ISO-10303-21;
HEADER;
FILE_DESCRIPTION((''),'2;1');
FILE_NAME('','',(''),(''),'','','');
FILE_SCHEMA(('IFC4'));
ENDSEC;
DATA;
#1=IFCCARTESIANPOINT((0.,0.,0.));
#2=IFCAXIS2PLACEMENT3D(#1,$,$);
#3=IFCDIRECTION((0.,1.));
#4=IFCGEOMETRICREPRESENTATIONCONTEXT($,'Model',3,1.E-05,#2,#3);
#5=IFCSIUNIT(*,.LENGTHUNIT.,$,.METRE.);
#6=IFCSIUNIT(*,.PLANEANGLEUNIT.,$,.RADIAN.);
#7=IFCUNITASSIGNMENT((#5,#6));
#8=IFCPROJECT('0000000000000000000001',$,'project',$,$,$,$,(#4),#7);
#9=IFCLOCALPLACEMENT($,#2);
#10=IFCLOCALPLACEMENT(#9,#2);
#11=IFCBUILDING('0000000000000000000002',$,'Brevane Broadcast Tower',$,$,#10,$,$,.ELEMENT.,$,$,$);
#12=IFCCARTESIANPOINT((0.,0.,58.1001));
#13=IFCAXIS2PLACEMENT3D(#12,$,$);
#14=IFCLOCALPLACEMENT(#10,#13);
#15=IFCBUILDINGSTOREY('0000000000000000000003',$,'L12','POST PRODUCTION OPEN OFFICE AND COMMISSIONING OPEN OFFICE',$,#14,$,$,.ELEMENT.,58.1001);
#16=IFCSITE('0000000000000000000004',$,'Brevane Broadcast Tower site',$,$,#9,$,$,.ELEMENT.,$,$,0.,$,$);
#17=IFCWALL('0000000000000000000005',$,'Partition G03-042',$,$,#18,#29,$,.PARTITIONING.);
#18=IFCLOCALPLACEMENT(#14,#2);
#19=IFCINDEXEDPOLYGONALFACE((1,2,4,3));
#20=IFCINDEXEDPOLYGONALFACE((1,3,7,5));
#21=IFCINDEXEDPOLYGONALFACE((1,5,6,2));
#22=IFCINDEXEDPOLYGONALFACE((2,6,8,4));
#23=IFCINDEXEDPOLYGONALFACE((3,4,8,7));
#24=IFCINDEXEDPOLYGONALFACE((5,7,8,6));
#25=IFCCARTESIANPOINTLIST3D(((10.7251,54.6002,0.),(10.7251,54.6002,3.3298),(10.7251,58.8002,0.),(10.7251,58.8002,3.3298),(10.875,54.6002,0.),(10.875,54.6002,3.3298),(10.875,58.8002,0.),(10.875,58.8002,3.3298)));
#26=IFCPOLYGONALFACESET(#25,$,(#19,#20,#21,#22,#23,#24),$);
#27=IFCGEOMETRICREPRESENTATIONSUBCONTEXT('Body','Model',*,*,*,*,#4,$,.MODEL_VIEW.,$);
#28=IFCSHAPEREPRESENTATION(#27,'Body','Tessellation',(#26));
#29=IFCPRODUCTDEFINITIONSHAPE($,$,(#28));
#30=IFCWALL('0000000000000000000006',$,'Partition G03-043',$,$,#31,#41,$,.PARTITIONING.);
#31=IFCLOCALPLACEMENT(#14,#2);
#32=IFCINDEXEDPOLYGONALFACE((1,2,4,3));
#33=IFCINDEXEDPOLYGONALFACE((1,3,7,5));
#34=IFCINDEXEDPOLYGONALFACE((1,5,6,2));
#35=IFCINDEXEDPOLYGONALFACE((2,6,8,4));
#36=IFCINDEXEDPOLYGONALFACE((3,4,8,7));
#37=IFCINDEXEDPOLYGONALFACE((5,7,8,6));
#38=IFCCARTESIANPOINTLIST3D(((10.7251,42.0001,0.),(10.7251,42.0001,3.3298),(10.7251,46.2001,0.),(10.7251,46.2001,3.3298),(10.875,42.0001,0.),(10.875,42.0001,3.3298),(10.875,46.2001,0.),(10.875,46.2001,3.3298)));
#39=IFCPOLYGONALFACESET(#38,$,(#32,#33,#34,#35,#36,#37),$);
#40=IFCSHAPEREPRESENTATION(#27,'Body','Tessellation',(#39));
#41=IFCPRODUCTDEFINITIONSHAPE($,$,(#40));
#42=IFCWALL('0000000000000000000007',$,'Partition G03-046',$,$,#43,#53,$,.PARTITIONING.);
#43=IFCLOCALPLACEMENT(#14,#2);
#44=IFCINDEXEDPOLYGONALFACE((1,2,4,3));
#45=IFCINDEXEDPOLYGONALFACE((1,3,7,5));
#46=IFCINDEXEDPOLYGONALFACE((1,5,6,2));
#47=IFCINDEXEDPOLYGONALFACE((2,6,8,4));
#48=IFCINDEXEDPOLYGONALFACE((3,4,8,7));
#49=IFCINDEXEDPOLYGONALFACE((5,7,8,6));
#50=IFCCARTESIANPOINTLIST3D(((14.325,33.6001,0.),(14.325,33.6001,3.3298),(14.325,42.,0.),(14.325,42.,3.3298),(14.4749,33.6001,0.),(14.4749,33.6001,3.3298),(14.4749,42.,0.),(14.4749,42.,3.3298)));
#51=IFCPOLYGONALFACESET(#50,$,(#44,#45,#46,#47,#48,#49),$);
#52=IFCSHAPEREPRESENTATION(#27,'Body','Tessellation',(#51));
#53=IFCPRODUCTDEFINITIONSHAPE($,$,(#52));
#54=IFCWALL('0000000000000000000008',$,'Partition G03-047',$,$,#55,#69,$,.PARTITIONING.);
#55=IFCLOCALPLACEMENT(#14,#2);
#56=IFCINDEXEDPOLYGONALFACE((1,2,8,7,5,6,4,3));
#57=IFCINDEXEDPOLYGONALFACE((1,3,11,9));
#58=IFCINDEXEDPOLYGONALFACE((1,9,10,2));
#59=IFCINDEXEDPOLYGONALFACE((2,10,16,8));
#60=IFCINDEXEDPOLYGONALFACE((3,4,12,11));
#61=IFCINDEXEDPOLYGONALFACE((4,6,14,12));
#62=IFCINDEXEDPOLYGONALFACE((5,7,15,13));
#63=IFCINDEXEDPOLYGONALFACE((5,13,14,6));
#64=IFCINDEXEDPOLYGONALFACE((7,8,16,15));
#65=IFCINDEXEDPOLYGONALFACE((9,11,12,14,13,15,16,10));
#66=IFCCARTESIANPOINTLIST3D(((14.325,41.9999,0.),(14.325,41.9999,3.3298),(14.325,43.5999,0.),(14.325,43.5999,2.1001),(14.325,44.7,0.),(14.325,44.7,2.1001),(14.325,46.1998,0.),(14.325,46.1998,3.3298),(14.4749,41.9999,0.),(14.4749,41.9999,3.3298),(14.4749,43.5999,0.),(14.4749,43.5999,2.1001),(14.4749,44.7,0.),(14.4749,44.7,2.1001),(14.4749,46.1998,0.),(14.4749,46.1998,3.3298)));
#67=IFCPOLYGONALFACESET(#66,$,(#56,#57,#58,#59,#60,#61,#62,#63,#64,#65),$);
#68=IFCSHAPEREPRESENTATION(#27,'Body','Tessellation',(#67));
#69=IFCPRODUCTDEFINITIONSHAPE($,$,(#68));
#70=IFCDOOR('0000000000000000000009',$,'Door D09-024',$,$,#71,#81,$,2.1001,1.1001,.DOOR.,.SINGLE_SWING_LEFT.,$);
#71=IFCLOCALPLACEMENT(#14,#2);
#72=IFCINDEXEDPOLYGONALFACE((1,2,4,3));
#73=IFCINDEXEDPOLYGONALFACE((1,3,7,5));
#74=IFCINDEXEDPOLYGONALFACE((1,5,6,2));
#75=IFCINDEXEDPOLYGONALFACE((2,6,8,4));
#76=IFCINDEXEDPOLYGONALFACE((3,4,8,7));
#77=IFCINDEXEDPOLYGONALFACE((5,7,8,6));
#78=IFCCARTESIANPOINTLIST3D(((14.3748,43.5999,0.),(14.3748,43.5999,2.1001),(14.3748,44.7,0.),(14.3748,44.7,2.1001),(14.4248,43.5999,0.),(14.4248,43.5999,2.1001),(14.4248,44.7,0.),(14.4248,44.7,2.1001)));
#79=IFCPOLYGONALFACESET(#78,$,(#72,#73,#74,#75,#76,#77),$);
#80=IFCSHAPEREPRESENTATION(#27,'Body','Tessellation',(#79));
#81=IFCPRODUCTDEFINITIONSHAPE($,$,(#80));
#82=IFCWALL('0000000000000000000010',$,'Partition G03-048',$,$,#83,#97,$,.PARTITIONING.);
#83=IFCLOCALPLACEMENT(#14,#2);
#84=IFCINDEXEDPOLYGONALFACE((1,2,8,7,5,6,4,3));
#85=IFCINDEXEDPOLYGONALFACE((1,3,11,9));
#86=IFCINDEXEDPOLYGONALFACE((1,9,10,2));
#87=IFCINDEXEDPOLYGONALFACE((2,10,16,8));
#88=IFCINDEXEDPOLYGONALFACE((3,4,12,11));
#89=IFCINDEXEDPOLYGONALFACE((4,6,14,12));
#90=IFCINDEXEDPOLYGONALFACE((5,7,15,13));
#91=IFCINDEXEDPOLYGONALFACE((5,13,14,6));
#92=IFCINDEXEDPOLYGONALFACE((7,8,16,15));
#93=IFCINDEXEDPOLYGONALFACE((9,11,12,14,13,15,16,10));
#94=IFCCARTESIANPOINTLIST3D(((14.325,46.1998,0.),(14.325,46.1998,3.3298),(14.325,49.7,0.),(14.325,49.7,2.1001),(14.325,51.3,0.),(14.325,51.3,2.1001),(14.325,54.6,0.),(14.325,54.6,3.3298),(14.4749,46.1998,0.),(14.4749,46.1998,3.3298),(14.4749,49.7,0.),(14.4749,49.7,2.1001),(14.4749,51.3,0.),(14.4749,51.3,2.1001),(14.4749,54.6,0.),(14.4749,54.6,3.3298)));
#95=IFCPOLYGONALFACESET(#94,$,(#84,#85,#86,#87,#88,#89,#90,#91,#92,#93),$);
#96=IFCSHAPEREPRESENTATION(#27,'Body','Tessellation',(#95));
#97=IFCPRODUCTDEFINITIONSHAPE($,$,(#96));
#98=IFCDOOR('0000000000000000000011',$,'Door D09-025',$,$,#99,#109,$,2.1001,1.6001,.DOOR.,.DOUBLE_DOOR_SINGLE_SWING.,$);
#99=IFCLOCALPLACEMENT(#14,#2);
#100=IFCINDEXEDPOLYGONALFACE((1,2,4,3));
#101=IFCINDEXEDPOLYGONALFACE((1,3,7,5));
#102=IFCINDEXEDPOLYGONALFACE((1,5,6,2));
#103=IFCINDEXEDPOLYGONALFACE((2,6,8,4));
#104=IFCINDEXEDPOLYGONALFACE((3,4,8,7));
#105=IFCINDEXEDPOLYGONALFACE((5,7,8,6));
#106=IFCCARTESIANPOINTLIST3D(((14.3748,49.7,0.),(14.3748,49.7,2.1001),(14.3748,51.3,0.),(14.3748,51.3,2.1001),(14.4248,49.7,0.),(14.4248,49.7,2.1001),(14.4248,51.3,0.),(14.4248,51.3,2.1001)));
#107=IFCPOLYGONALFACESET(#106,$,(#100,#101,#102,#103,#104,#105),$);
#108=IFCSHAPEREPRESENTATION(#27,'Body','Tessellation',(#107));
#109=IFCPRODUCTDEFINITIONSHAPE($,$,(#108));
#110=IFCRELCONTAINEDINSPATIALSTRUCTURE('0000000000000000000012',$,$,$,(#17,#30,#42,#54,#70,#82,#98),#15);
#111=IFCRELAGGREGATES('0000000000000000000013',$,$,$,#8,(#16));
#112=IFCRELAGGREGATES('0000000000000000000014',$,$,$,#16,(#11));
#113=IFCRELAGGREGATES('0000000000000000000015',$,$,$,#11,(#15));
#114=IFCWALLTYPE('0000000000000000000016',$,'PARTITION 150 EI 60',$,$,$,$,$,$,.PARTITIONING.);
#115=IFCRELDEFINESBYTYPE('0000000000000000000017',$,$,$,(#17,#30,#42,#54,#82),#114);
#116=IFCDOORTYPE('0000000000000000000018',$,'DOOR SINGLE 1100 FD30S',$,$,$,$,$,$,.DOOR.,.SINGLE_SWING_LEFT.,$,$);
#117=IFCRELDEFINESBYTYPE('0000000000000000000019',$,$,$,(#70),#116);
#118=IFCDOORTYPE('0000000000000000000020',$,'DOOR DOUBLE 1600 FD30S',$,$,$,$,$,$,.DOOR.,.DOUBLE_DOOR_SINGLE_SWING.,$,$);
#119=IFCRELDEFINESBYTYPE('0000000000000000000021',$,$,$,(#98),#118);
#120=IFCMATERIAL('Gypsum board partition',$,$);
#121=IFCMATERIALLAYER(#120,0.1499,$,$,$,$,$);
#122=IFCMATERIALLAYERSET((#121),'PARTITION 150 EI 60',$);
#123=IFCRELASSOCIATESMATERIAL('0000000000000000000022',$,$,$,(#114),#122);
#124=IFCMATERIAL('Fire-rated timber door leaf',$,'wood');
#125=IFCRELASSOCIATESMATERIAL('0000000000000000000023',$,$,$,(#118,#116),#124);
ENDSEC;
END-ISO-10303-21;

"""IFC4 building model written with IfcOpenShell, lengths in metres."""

from ifc_helpers import new_model, si_unit, direction, frame, frame_2d, origin, place, context, subcontext, project, spatial, rectangle, extrude, material, layer, layer_set, type_object, element, fill, save


model = new_model("IFC4")

# Units and contexts
model_context = context("Model", 3, precision=1e-05, world=origin(), true_north=direction((0.0, 1.0)))
body_context = subcontext(model_context, "Body", "Model", "MODEL_VIEW")
ifc_project = project(units=[si_unit("LENGTHUNIT", "METRE"), si_unit("PLANEANGLEUNIT", "RADIAN")], contexts=[model_context])

# Site, building, storey
site_placement = place(None, origin())
site = spatial("IfcSite", under=ifc_project, at=site_placement, Name="Brevane Broadcast Tower site", CompositionType="ELEMENT", RefElevation=0.0)
building_placement = place(site_placement, origin())
building = spatial("IfcBuilding", under=site, at=building_placement, Name="Brevane Broadcast Tower", CompositionType="ELEMENT")
storey_placement = place(building_placement, frame((0.0, 0.0, 58.1001)))
storey = spatial("IfcBuildingStorey", under=building, at=storey_placement, Name="L12", Description="POST PRODUCTION OPEN OFFICE AND COMMISSIONING OPEN OFFICE", CompositionType="ELEMENT", Elevation=58.1001)

# Shared definitions
ifc_material_1 = material(Name="Gypsum board partition")

# Shared definitions
ifc_layer_1 = layer(ifc_material_1, 0.1499)
ifc_layer_set_1 = layer_set([ifc_layer_1], Name="PARTITION 150 EI 60")
wall_type_1 = type_object("IfcWallType", Name="PARTITION 150 EI 60", PredefinedType="PARTITIONING", material=ifc_layer_set_1)
ifc_material_2 = material(Name="Fire-rated timber door leaf", Category="wood")
door_type_1 = type_object("IfcDoorType", Name="DOOR DOUBLE 1600 FD30S", OperationType="DOUBLE_DOOR_SINGLE_SWING", PredefinedType="DOOR", material=ifc_material_2)

# Walls
for number, where, z_axis, x_axis, name in (
    (1, (10.8, 54.6001, 0.0), (0.0, 0.0, 1.0), (0.0, 1.0, 0.0), "Partition G03-042"),
    (2, (10.8, 42.0, 0.0), (0.0, 0.0, 1.0), (0.0, 1.0, 0.0), "Partition G03-043"),
):
    element("IfcWall", number, at=place(storey_placement, frame(where, z_axis=z_axis, x_axis=x_axis)), inside=storey, type_object=wall_type_1, Name=name, PredefinedType="PARTITIONING", context=body_context, shape_type="SweptSolid", body=[
        extrude(rectangle(XDim=4.2, YDim=0.1499, at=frame_2d((2.1001, 0.0))), origin(), (0.0, 0.0, 1.0), 3.3298),
    ])
wall_1_placement = place(storey_placement, frame((14.3999, 42.0, 0.0), z_axis=(0.0, 0.0, 1.0), x_axis=(0.0, -1.0, 0.0)))
element("IfcWall", 3, at=wall_1_placement, inside=storey, type_object=wall_type_1, Name="Partition G03-046", PredefinedType="PARTITIONING", context=body_context, shape_type="SweptSolid", body=[
    extrude(rectangle(XDim=8.3999, YDim=0.1499, at=frame_2d((4.2, 0.0))), origin(), (0.0, 0.0, 1.0), 3.3298),
])

# Walls, openings, doors
wall_2_placement = place(storey_placement, frame((14.3999, 46.2, 0.0), z_axis=(0.0, 0.0, 1.0), x_axis=(0.0, -1.0, 0.0)))
wall_2 = element("IfcWall", 4, at=wall_2_placement, inside=storey, type_object=wall_type_1, Name="Partition G03-047", PredefinedType="PARTITIONING", context=body_context, shape_type="SweptSolid", body=[
    extrude(rectangle(XDim=4.2, YDim=0.1499, at=frame_2d((2.1001, 0.0))), origin(), (0.0, 0.0, 1.0), 3.3298),
])
opening_1_placement = place(wall_2_placement, frame((1.5, 0.0, 0.0)))
opening_1 = element("IfcOpeningElement", 5, at=opening_1_placement, cuts=wall_2, PredefinedType="OPENING", context=body_context, shape_type="SweptSolid", body=[
    extrude(rectangle(XDim=1.1001, YDim=2.1001, at=frame_2d((0.55, 1.05))), frame((0.0, 0.085, 0.0), z_axis=(0.0, -1.0, 0.0), x_axis=(1.0, 0.0, 0.0)), (0.0, 0.0, 1.0), 0.1699),
])
door_type_2 = type_object("IfcDoorType", Name="DOOR SINGLE 1100 FD30S", OperationType="SINGLE_SWING_LEFT", PredefinedType="DOOR", material=ifc_material_2)
door_1_placement = place(opening_1_placement, origin())
door_1 = element("IfcDoor", 6, at=door_1_placement, inside=storey, type_object=door_type_2, Name="Door D09-024", OperationType="SINGLE_SWING_LEFT", OverallHeight=2.1001, OverallWidth=1.1001, PredefinedType="DOOR", context=body_context, shape_type="SweptSolid", body=[
    extrude(rectangle(XDim=1.1001, YDim=2.1001, at=frame_2d((0.55, 1.05))), frame((0.0, 0.0249, 0.0), z_axis=(0.0, -1.0, 0.0), x_axis=(1.0, 0.0, 0.0)), (0.0, 0.0, 1.0), 0.05),
])
fill(opening_1, door_1)
wall_3_placement = place(storey_placement, frame((14.3999, 54.6001, 0.0), z_axis=(0.0, 0.0, 1.0), x_axis=(0.0, -1.0, 0.0)))
wall_3 = element("IfcWall", 7, at=wall_3_placement, inside=storey, type_object=wall_type_1, Name="Partition G03-048", PredefinedType="PARTITIONING", context=body_context, shape_type="SweptSolid", body=[
    extrude(rectangle(XDim=8.4001, YDim=0.1499, at=frame_2d((4.2002, 0.0))), origin(), (0.0, 0.0, 1.0), 3.3298),
])
opening_2_placement = place(wall_3_placement, frame((3.3, 0.0, 0.0)))
opening_2 = element("IfcOpeningElement", 8, at=opening_2_placement, cuts=wall_3, PredefinedType="OPENING", context=body_context, shape_type="SweptSolid", body=[
    extrude(rectangle(XDim=1.6001, YDim=2.1001, at=frame_2d((0.8, 1.05))), frame((0.0, 0.085, 0.0), z_axis=(0.0, -1.0, 0.0), x_axis=(1.0, 0.0, 0.0)), (0.0, 0.0, 1.0), 0.1699),
])
door_2_placement = place(opening_2_placement, origin())
door_2 = element("IfcDoor", 9, at=door_2_placement, inside=storey, type_object=door_type_1, Name="Door D09-025", OperationType="DOUBLE_DOOR_SINGLE_SWING", OverallHeight=2.1001, OverallWidth=1.6001, PredefinedType="DOOR", context=body_context, shape_type="SweptSolid", body=[
    extrude(rectangle(XDim=1.6001, YDim=2.1001, at=frame_2d((0.8, 1.05))), frame((0.0, 0.0249, 0.0), z_axis=(0.0, -1.0, 0.0), x_axis=(1.0, 0.0, 0.0)), (0.0, 0.0, 1.0), 0.05),
])
fill(opening_2, door_2)

save(model, "model.ifc")
